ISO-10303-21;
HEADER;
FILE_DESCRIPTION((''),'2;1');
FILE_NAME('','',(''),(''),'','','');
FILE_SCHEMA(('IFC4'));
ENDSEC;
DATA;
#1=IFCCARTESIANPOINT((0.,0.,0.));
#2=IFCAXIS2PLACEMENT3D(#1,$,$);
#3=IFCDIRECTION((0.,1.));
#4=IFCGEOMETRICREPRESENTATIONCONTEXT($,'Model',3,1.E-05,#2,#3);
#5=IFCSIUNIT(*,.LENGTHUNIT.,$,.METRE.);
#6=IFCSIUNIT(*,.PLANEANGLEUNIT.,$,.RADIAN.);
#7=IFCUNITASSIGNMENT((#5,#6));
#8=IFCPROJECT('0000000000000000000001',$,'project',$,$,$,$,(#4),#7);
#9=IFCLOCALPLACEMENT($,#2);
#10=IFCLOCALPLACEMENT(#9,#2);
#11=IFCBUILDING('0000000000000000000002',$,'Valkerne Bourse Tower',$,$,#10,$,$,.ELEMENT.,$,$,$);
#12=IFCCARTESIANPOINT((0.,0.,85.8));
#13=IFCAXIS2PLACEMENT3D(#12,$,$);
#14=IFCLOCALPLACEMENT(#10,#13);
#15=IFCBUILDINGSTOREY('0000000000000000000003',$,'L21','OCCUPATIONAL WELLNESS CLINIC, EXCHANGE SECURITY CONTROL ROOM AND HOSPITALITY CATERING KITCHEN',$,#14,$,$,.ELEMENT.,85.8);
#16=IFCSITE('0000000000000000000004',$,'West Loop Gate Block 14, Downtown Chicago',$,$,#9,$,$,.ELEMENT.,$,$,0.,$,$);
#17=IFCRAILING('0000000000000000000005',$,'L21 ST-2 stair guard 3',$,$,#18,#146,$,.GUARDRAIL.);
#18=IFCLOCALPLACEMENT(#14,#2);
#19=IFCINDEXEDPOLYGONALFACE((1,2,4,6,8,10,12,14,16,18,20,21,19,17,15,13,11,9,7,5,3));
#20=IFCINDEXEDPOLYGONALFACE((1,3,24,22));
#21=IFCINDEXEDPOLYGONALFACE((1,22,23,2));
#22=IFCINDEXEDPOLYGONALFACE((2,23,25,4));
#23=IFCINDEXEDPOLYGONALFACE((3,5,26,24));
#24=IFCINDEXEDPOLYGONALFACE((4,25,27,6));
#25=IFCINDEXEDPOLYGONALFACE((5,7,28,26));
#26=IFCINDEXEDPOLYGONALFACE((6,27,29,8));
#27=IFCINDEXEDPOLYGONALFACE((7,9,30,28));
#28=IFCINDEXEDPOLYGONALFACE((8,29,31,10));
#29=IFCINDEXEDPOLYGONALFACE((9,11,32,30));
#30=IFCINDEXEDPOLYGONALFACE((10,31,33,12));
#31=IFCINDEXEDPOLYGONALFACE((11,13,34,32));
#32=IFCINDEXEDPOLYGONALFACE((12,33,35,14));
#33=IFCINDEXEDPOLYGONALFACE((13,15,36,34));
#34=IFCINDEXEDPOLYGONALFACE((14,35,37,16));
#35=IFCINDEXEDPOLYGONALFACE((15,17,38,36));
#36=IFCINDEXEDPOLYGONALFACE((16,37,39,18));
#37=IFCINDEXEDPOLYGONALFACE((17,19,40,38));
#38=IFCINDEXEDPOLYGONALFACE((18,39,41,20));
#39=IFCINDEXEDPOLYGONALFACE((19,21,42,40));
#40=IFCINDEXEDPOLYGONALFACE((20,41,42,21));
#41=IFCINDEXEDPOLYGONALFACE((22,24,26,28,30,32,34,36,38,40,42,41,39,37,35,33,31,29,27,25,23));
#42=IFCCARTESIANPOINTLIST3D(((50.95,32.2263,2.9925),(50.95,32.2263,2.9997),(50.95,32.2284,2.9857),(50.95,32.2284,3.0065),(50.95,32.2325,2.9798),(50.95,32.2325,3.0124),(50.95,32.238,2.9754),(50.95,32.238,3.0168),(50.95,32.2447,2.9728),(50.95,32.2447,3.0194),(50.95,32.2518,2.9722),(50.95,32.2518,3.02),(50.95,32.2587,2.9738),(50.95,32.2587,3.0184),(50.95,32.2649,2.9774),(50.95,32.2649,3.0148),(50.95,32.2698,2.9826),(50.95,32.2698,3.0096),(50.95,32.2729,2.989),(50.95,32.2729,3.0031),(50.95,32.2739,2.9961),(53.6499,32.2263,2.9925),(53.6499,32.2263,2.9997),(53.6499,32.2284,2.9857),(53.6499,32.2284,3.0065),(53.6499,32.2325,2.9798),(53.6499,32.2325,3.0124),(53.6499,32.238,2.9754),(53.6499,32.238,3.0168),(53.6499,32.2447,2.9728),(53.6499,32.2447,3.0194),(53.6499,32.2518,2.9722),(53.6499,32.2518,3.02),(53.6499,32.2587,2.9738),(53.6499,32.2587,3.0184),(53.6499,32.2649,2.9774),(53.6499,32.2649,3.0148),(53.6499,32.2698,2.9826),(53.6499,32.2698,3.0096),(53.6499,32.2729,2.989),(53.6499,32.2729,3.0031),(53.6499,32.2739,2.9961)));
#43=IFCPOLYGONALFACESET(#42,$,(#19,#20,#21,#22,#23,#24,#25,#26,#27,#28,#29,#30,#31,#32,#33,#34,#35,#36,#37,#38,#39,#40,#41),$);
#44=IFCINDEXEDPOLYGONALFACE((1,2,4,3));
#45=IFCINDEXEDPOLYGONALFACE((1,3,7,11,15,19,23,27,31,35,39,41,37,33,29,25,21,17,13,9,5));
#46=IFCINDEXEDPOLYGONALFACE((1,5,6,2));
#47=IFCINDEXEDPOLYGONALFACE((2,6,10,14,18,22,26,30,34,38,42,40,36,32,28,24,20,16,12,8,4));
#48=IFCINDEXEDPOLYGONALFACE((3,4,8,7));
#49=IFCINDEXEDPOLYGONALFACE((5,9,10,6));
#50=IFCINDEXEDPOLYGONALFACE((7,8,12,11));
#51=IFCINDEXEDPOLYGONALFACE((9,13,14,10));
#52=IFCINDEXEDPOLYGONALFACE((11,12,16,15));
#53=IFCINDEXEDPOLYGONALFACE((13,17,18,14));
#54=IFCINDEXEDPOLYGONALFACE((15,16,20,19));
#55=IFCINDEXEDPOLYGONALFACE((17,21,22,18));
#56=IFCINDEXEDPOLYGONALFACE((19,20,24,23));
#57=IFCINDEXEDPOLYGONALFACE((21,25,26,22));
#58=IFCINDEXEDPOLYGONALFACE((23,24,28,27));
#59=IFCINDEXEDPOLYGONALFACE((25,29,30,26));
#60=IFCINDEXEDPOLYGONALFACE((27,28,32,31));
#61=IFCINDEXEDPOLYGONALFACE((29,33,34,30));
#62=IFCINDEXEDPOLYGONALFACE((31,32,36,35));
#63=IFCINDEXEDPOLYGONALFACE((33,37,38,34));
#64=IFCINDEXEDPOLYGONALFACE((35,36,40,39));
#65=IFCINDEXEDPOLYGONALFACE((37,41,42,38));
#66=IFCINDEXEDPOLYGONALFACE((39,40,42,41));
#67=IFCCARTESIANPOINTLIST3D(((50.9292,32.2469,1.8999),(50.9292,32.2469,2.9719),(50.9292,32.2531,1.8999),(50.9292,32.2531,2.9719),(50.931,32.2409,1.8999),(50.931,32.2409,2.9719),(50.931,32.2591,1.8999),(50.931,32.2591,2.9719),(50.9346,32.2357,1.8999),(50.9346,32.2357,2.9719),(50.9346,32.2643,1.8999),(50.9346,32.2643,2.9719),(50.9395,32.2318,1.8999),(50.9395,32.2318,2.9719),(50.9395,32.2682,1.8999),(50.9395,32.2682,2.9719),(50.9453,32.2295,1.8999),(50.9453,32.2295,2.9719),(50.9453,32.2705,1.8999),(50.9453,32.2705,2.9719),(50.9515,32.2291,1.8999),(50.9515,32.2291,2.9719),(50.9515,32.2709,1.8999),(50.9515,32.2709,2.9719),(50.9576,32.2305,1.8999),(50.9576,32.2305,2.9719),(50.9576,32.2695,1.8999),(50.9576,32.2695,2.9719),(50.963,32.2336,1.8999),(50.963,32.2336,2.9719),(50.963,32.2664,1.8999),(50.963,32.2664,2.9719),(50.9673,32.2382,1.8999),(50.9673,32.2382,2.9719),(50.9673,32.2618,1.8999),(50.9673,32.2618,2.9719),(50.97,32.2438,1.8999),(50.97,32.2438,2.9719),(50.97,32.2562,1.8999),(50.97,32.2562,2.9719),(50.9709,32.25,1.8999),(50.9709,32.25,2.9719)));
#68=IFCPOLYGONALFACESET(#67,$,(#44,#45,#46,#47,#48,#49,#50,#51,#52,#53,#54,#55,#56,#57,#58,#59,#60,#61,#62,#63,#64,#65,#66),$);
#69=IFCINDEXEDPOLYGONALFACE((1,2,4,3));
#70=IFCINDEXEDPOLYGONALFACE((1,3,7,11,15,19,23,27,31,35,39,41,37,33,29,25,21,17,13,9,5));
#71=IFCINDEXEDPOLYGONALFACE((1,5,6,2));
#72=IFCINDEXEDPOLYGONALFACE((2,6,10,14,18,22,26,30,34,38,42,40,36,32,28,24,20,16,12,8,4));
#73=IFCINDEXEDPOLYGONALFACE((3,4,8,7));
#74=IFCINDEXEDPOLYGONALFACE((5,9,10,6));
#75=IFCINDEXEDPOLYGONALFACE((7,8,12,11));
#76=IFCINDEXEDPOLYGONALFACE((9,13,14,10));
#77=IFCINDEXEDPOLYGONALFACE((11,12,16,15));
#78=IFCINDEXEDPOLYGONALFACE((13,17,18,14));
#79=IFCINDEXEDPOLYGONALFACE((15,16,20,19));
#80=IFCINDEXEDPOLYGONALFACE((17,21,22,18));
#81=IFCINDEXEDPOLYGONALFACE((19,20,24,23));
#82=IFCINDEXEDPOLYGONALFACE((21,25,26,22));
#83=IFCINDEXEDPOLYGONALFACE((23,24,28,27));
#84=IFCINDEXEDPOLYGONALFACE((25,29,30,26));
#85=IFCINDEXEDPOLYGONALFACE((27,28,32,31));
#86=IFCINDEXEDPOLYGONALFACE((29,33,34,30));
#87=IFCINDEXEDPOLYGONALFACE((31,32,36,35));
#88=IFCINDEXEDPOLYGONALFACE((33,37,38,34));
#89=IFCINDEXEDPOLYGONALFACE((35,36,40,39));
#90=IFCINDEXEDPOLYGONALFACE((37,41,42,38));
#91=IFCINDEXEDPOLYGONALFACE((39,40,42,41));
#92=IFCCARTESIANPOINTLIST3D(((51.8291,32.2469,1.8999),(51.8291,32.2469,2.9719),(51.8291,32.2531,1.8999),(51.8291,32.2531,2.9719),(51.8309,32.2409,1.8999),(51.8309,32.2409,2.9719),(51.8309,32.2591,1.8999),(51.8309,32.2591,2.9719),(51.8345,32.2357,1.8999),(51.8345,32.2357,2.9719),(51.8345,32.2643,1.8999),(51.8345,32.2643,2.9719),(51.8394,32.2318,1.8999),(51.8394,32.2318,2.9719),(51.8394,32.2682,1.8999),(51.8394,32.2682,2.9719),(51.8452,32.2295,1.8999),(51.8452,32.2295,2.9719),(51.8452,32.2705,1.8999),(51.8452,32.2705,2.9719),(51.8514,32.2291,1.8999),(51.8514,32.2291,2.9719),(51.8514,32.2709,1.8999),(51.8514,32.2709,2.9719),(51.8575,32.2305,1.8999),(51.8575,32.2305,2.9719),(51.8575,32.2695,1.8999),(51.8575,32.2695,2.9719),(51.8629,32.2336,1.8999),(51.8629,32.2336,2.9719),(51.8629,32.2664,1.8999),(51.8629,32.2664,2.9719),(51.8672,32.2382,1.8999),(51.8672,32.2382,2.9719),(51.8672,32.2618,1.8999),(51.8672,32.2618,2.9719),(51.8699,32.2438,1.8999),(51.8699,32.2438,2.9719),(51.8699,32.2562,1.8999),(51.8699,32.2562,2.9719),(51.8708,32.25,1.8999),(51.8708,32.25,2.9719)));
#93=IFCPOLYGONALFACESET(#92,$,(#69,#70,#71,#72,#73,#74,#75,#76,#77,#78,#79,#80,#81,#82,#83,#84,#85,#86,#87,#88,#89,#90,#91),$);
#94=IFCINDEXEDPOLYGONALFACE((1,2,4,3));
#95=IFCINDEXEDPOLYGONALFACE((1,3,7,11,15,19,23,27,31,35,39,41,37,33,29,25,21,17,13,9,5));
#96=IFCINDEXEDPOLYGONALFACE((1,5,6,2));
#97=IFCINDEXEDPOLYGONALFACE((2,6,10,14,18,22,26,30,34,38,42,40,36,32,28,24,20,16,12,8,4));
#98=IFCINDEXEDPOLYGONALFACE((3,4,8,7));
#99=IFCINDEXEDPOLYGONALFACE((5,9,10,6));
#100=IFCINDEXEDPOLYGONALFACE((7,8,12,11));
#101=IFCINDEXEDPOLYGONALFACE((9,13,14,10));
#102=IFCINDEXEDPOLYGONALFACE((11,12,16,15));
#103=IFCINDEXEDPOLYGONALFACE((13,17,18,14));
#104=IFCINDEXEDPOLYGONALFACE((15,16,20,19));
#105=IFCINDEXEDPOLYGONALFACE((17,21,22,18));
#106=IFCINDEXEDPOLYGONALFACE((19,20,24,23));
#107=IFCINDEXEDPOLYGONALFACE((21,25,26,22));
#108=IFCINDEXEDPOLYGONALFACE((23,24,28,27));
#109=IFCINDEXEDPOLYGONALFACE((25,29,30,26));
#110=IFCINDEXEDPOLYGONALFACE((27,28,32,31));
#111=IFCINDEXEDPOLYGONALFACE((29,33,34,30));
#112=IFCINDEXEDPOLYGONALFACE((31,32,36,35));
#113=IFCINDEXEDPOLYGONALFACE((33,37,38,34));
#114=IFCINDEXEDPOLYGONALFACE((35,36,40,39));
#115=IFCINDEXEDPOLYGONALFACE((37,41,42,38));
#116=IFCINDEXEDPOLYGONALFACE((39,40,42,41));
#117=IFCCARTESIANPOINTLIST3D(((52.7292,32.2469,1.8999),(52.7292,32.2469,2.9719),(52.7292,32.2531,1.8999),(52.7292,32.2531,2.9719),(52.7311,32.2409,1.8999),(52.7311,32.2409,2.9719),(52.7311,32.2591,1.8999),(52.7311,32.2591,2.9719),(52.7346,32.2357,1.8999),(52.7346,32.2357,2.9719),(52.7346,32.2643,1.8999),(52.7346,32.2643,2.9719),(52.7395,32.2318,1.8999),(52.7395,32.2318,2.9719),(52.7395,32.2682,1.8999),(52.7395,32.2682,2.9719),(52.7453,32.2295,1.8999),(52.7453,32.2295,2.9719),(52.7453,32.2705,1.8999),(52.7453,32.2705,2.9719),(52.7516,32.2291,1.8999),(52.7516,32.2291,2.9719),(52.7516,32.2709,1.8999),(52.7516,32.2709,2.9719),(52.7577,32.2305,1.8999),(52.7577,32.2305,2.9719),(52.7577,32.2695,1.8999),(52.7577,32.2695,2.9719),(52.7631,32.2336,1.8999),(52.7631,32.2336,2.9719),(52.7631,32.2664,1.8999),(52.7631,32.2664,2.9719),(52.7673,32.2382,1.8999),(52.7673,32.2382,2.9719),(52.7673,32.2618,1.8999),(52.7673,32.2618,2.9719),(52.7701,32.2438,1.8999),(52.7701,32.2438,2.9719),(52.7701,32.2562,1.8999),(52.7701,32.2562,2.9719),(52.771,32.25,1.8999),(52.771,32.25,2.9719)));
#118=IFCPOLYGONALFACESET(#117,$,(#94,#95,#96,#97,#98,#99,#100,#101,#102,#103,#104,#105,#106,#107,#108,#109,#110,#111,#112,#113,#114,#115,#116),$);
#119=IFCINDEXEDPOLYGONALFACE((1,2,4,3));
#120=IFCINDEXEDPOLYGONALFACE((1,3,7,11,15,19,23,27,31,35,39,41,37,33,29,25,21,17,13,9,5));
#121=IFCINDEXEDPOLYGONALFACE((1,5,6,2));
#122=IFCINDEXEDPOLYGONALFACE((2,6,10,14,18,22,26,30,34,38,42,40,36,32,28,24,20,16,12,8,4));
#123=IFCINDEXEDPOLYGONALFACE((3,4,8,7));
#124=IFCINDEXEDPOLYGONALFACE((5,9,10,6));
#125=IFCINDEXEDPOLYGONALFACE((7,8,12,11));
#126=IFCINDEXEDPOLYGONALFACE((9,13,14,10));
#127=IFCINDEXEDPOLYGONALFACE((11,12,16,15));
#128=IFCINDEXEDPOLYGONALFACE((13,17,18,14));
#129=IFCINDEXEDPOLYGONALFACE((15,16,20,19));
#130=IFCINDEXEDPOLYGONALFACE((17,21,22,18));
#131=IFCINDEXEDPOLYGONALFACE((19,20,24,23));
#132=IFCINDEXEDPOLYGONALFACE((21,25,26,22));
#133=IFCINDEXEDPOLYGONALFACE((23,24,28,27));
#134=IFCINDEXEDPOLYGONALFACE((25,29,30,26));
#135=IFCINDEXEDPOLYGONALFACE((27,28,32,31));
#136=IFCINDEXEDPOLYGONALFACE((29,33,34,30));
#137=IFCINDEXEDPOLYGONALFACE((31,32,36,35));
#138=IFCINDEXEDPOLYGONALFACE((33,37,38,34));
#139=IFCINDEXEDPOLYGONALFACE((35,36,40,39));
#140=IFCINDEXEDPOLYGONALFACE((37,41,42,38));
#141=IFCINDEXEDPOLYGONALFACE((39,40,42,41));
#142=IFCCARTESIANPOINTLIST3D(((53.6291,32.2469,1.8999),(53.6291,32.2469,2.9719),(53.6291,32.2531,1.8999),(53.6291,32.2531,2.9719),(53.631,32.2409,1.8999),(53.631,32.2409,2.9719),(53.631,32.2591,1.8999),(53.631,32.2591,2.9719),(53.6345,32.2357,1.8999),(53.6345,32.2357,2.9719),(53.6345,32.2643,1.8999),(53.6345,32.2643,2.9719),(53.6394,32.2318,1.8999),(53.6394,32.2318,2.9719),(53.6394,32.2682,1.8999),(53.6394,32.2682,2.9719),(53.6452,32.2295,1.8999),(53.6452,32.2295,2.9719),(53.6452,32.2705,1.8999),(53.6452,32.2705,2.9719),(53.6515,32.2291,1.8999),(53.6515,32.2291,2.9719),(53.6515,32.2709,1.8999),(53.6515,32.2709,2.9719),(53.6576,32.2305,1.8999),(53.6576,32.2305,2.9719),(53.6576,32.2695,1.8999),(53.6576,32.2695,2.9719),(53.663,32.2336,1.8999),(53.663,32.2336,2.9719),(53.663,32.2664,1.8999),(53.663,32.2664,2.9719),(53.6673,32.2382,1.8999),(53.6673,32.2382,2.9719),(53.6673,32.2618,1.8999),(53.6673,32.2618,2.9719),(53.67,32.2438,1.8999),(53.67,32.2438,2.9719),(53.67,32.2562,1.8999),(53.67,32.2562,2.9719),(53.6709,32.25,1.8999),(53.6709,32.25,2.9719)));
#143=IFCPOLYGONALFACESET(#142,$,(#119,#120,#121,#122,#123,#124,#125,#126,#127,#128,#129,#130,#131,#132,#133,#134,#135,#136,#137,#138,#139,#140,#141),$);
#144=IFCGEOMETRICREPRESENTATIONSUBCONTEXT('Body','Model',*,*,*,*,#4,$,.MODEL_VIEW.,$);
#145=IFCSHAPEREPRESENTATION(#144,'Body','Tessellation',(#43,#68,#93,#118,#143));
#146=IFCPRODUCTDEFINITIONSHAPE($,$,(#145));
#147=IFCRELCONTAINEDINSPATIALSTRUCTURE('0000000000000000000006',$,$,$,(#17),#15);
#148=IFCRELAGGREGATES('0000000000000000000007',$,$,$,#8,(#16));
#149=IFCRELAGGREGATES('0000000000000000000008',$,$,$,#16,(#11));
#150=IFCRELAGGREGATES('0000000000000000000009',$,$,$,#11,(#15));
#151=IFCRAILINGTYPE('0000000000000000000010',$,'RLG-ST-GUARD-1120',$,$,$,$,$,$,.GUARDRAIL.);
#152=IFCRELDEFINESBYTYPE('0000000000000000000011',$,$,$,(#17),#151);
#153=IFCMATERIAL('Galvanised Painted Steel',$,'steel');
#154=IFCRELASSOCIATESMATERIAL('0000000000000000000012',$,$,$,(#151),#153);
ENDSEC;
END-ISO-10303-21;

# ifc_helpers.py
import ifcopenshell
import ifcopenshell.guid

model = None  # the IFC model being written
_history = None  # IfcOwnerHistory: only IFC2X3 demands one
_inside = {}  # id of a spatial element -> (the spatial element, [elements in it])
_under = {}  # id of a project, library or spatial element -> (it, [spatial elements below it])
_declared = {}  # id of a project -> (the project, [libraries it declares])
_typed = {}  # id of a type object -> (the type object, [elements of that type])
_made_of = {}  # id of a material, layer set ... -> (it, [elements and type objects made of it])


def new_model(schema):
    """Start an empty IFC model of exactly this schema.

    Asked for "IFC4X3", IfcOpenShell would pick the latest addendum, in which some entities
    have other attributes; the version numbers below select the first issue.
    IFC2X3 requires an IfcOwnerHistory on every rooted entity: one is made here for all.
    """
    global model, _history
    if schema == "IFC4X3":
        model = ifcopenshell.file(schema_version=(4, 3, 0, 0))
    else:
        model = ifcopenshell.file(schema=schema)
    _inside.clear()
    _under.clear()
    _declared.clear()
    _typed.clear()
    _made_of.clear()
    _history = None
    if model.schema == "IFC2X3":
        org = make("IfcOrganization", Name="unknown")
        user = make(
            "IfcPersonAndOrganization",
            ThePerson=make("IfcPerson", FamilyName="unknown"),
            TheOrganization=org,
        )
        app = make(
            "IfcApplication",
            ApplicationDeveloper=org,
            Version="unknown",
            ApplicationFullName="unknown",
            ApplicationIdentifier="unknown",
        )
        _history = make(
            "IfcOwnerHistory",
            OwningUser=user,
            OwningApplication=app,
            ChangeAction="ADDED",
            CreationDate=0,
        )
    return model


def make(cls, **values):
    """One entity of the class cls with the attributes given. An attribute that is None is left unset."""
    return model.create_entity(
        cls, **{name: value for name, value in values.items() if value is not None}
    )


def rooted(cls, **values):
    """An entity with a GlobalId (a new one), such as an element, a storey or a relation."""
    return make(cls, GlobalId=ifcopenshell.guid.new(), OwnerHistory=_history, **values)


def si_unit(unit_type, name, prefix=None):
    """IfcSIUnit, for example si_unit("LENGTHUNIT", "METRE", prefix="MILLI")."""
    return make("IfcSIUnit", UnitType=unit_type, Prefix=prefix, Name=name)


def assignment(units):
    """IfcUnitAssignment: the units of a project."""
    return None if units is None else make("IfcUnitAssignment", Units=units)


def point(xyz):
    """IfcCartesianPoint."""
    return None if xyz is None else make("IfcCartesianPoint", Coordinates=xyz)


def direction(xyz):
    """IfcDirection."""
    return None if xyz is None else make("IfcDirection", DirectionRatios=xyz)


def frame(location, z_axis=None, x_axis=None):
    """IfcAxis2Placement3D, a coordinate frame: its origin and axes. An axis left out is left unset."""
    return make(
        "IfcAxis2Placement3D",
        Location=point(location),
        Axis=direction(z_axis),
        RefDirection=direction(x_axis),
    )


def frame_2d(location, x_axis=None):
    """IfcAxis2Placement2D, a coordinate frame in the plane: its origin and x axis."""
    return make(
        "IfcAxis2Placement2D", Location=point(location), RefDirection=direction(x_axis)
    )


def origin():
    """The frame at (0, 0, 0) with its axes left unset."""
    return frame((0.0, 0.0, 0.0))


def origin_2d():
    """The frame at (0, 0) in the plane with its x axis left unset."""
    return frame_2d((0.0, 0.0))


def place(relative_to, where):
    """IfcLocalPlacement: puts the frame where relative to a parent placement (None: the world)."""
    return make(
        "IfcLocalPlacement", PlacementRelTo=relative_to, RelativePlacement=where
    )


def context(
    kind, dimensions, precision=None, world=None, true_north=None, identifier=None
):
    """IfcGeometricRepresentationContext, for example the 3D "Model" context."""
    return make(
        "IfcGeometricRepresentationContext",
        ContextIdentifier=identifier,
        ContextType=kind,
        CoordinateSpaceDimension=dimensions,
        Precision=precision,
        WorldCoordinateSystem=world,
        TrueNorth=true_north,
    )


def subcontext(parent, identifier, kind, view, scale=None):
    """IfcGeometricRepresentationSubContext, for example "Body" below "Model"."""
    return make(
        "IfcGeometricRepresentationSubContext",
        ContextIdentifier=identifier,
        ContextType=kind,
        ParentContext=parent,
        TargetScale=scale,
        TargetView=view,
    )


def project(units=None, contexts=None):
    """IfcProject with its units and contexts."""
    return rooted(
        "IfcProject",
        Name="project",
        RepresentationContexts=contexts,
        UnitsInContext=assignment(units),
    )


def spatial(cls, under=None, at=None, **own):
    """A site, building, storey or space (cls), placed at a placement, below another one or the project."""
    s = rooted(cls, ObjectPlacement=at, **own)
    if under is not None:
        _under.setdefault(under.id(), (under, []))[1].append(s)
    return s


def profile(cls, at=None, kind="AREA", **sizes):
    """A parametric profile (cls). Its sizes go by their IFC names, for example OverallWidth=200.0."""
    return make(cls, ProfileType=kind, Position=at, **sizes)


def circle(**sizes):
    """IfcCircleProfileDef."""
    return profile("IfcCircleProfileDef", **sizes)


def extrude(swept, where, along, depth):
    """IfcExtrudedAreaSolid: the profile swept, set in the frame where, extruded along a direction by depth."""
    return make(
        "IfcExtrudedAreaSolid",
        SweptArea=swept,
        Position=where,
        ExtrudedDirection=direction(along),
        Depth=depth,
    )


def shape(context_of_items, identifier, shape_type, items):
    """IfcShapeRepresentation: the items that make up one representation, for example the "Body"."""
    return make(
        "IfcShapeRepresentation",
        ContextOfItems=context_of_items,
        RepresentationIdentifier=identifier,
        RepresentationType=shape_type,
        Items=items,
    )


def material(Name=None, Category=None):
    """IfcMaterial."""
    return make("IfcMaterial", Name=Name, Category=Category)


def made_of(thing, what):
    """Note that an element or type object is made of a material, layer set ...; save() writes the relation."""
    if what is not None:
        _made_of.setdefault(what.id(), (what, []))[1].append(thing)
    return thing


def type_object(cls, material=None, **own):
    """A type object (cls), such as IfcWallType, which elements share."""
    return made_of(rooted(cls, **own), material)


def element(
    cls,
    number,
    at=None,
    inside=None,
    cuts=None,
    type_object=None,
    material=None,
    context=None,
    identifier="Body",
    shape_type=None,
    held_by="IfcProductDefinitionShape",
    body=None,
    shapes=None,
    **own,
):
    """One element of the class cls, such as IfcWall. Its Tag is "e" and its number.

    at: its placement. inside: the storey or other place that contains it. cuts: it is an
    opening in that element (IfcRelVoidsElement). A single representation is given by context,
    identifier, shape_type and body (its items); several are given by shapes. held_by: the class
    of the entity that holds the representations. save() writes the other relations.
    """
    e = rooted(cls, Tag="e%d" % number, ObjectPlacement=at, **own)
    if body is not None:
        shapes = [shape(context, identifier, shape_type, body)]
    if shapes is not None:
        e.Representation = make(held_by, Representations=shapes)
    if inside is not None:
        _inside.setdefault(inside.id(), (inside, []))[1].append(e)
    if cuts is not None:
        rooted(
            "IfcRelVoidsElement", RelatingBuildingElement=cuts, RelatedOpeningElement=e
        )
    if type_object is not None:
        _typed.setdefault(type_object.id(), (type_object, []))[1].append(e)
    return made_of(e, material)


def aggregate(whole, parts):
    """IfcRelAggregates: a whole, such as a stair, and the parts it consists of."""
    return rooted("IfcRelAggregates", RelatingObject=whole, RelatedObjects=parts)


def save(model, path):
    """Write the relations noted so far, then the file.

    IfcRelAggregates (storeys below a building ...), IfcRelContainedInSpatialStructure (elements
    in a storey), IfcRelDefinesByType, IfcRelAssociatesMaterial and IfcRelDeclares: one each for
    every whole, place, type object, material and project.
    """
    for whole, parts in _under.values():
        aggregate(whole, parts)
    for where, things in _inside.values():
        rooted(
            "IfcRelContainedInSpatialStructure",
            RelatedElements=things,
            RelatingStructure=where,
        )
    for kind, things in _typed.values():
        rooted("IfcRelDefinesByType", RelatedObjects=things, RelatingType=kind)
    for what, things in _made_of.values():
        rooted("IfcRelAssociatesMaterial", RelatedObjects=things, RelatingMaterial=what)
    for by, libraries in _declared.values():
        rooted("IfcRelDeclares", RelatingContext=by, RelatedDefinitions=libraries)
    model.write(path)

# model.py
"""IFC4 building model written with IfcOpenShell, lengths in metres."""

from ifc_helpers import new_model, si_unit, direction, frame, origin, origin_2d, place, context, subcontext, project, spatial, circle, extrude, material, type_object, element, save


model = new_model("IFC4")

# Units and contexts
model_context = context("Model", 3, precision=1e-05, world=origin(), true_north=direction((0.0, 1.0)))
body_context = subcontext(model_context, "Body", "Model", "MODEL_VIEW")
ifc_project = project(units=[si_unit("LENGTHUNIT", "METRE"), si_unit("PLANEANGLEUNIT", "RADIAN")], contexts=[model_context])

# Site, building, storey
site_placement = place(None, origin())
site = spatial("IfcSite", under=ifc_project, at=site_placement, Name="West Loop Gate Block 14, Downtown Chicago", CompositionType="ELEMENT", RefElevation=0.0)
building_placement = place(site_placement, origin())
building = spatial("IfcBuilding", under=site, at=building_placement, Name="Valkerne Bourse Tower", CompositionType="ELEMENT")
storey_placement = place(building_placement, frame((0.0, 0.0, 85.8)))
storey = spatial("IfcBuildingStorey", under=building, at=storey_placement, Name="L21", Description="OCCUPATIONAL WELLNESS CLINIC, EXCHANGE SECURITY CONTROL ROOM AND HOSPITALITY CATERING KITCHEN", CompositionType="ELEMENT", Elevation=85.8)

# Railing
ifc_material_1 = material(Name="Galvanised Painted Steel", Category="steel")
railing_type_1 = type_object("IfcRailingType", Name="RLG-ST-GUARD-1120", PredefinedType="GUARDRAIL", material=ifc_material_1)
for number, where, name in (
    (1, (50.95, 32.25, 1.8999), "L21 ST-2 stair guard 3"),
):
    element("IfcRailing", number, at=place(storey_placement, frame(where)), inside=storey, type_object=railing_type_1, Name=name, PredefinedType="GUARDRAIL", context=body_context, shape_type="SweptSolid", body=[
        extrude(circle(Radius=0.0239, at=origin_2d()), frame((0.0, 0.0, 1.0962), z_axis=(1.0, 0.0, 0.0), x_axis=(0.0, 1.0, 0.0)), (0.0, 0.0, 1.0), 2.7),
        extrude(circle(Radius=0.021, at=origin_2d()), origin(), (0.0, 0.0, 1.0), 1.072),
        extrude(circle(Radius=0.021, at=origin_2d()), frame((0.8999, 0.0, 0.0)), (0.0, 0.0, 1.0), 1.072),
        extrude(circle(Radius=0.021, at=origin_2d()), frame((1.8, 0.0, 0.0)), (0.0, 0.0, 1.0), 1.072),
        extrude(circle(Radius=0.021, at=origin_2d()), frame((2.7, 0.0, 0.0)), (0.0, 0.0, 1.0), 1.072),
    ])

save(model, "model.ifc")
